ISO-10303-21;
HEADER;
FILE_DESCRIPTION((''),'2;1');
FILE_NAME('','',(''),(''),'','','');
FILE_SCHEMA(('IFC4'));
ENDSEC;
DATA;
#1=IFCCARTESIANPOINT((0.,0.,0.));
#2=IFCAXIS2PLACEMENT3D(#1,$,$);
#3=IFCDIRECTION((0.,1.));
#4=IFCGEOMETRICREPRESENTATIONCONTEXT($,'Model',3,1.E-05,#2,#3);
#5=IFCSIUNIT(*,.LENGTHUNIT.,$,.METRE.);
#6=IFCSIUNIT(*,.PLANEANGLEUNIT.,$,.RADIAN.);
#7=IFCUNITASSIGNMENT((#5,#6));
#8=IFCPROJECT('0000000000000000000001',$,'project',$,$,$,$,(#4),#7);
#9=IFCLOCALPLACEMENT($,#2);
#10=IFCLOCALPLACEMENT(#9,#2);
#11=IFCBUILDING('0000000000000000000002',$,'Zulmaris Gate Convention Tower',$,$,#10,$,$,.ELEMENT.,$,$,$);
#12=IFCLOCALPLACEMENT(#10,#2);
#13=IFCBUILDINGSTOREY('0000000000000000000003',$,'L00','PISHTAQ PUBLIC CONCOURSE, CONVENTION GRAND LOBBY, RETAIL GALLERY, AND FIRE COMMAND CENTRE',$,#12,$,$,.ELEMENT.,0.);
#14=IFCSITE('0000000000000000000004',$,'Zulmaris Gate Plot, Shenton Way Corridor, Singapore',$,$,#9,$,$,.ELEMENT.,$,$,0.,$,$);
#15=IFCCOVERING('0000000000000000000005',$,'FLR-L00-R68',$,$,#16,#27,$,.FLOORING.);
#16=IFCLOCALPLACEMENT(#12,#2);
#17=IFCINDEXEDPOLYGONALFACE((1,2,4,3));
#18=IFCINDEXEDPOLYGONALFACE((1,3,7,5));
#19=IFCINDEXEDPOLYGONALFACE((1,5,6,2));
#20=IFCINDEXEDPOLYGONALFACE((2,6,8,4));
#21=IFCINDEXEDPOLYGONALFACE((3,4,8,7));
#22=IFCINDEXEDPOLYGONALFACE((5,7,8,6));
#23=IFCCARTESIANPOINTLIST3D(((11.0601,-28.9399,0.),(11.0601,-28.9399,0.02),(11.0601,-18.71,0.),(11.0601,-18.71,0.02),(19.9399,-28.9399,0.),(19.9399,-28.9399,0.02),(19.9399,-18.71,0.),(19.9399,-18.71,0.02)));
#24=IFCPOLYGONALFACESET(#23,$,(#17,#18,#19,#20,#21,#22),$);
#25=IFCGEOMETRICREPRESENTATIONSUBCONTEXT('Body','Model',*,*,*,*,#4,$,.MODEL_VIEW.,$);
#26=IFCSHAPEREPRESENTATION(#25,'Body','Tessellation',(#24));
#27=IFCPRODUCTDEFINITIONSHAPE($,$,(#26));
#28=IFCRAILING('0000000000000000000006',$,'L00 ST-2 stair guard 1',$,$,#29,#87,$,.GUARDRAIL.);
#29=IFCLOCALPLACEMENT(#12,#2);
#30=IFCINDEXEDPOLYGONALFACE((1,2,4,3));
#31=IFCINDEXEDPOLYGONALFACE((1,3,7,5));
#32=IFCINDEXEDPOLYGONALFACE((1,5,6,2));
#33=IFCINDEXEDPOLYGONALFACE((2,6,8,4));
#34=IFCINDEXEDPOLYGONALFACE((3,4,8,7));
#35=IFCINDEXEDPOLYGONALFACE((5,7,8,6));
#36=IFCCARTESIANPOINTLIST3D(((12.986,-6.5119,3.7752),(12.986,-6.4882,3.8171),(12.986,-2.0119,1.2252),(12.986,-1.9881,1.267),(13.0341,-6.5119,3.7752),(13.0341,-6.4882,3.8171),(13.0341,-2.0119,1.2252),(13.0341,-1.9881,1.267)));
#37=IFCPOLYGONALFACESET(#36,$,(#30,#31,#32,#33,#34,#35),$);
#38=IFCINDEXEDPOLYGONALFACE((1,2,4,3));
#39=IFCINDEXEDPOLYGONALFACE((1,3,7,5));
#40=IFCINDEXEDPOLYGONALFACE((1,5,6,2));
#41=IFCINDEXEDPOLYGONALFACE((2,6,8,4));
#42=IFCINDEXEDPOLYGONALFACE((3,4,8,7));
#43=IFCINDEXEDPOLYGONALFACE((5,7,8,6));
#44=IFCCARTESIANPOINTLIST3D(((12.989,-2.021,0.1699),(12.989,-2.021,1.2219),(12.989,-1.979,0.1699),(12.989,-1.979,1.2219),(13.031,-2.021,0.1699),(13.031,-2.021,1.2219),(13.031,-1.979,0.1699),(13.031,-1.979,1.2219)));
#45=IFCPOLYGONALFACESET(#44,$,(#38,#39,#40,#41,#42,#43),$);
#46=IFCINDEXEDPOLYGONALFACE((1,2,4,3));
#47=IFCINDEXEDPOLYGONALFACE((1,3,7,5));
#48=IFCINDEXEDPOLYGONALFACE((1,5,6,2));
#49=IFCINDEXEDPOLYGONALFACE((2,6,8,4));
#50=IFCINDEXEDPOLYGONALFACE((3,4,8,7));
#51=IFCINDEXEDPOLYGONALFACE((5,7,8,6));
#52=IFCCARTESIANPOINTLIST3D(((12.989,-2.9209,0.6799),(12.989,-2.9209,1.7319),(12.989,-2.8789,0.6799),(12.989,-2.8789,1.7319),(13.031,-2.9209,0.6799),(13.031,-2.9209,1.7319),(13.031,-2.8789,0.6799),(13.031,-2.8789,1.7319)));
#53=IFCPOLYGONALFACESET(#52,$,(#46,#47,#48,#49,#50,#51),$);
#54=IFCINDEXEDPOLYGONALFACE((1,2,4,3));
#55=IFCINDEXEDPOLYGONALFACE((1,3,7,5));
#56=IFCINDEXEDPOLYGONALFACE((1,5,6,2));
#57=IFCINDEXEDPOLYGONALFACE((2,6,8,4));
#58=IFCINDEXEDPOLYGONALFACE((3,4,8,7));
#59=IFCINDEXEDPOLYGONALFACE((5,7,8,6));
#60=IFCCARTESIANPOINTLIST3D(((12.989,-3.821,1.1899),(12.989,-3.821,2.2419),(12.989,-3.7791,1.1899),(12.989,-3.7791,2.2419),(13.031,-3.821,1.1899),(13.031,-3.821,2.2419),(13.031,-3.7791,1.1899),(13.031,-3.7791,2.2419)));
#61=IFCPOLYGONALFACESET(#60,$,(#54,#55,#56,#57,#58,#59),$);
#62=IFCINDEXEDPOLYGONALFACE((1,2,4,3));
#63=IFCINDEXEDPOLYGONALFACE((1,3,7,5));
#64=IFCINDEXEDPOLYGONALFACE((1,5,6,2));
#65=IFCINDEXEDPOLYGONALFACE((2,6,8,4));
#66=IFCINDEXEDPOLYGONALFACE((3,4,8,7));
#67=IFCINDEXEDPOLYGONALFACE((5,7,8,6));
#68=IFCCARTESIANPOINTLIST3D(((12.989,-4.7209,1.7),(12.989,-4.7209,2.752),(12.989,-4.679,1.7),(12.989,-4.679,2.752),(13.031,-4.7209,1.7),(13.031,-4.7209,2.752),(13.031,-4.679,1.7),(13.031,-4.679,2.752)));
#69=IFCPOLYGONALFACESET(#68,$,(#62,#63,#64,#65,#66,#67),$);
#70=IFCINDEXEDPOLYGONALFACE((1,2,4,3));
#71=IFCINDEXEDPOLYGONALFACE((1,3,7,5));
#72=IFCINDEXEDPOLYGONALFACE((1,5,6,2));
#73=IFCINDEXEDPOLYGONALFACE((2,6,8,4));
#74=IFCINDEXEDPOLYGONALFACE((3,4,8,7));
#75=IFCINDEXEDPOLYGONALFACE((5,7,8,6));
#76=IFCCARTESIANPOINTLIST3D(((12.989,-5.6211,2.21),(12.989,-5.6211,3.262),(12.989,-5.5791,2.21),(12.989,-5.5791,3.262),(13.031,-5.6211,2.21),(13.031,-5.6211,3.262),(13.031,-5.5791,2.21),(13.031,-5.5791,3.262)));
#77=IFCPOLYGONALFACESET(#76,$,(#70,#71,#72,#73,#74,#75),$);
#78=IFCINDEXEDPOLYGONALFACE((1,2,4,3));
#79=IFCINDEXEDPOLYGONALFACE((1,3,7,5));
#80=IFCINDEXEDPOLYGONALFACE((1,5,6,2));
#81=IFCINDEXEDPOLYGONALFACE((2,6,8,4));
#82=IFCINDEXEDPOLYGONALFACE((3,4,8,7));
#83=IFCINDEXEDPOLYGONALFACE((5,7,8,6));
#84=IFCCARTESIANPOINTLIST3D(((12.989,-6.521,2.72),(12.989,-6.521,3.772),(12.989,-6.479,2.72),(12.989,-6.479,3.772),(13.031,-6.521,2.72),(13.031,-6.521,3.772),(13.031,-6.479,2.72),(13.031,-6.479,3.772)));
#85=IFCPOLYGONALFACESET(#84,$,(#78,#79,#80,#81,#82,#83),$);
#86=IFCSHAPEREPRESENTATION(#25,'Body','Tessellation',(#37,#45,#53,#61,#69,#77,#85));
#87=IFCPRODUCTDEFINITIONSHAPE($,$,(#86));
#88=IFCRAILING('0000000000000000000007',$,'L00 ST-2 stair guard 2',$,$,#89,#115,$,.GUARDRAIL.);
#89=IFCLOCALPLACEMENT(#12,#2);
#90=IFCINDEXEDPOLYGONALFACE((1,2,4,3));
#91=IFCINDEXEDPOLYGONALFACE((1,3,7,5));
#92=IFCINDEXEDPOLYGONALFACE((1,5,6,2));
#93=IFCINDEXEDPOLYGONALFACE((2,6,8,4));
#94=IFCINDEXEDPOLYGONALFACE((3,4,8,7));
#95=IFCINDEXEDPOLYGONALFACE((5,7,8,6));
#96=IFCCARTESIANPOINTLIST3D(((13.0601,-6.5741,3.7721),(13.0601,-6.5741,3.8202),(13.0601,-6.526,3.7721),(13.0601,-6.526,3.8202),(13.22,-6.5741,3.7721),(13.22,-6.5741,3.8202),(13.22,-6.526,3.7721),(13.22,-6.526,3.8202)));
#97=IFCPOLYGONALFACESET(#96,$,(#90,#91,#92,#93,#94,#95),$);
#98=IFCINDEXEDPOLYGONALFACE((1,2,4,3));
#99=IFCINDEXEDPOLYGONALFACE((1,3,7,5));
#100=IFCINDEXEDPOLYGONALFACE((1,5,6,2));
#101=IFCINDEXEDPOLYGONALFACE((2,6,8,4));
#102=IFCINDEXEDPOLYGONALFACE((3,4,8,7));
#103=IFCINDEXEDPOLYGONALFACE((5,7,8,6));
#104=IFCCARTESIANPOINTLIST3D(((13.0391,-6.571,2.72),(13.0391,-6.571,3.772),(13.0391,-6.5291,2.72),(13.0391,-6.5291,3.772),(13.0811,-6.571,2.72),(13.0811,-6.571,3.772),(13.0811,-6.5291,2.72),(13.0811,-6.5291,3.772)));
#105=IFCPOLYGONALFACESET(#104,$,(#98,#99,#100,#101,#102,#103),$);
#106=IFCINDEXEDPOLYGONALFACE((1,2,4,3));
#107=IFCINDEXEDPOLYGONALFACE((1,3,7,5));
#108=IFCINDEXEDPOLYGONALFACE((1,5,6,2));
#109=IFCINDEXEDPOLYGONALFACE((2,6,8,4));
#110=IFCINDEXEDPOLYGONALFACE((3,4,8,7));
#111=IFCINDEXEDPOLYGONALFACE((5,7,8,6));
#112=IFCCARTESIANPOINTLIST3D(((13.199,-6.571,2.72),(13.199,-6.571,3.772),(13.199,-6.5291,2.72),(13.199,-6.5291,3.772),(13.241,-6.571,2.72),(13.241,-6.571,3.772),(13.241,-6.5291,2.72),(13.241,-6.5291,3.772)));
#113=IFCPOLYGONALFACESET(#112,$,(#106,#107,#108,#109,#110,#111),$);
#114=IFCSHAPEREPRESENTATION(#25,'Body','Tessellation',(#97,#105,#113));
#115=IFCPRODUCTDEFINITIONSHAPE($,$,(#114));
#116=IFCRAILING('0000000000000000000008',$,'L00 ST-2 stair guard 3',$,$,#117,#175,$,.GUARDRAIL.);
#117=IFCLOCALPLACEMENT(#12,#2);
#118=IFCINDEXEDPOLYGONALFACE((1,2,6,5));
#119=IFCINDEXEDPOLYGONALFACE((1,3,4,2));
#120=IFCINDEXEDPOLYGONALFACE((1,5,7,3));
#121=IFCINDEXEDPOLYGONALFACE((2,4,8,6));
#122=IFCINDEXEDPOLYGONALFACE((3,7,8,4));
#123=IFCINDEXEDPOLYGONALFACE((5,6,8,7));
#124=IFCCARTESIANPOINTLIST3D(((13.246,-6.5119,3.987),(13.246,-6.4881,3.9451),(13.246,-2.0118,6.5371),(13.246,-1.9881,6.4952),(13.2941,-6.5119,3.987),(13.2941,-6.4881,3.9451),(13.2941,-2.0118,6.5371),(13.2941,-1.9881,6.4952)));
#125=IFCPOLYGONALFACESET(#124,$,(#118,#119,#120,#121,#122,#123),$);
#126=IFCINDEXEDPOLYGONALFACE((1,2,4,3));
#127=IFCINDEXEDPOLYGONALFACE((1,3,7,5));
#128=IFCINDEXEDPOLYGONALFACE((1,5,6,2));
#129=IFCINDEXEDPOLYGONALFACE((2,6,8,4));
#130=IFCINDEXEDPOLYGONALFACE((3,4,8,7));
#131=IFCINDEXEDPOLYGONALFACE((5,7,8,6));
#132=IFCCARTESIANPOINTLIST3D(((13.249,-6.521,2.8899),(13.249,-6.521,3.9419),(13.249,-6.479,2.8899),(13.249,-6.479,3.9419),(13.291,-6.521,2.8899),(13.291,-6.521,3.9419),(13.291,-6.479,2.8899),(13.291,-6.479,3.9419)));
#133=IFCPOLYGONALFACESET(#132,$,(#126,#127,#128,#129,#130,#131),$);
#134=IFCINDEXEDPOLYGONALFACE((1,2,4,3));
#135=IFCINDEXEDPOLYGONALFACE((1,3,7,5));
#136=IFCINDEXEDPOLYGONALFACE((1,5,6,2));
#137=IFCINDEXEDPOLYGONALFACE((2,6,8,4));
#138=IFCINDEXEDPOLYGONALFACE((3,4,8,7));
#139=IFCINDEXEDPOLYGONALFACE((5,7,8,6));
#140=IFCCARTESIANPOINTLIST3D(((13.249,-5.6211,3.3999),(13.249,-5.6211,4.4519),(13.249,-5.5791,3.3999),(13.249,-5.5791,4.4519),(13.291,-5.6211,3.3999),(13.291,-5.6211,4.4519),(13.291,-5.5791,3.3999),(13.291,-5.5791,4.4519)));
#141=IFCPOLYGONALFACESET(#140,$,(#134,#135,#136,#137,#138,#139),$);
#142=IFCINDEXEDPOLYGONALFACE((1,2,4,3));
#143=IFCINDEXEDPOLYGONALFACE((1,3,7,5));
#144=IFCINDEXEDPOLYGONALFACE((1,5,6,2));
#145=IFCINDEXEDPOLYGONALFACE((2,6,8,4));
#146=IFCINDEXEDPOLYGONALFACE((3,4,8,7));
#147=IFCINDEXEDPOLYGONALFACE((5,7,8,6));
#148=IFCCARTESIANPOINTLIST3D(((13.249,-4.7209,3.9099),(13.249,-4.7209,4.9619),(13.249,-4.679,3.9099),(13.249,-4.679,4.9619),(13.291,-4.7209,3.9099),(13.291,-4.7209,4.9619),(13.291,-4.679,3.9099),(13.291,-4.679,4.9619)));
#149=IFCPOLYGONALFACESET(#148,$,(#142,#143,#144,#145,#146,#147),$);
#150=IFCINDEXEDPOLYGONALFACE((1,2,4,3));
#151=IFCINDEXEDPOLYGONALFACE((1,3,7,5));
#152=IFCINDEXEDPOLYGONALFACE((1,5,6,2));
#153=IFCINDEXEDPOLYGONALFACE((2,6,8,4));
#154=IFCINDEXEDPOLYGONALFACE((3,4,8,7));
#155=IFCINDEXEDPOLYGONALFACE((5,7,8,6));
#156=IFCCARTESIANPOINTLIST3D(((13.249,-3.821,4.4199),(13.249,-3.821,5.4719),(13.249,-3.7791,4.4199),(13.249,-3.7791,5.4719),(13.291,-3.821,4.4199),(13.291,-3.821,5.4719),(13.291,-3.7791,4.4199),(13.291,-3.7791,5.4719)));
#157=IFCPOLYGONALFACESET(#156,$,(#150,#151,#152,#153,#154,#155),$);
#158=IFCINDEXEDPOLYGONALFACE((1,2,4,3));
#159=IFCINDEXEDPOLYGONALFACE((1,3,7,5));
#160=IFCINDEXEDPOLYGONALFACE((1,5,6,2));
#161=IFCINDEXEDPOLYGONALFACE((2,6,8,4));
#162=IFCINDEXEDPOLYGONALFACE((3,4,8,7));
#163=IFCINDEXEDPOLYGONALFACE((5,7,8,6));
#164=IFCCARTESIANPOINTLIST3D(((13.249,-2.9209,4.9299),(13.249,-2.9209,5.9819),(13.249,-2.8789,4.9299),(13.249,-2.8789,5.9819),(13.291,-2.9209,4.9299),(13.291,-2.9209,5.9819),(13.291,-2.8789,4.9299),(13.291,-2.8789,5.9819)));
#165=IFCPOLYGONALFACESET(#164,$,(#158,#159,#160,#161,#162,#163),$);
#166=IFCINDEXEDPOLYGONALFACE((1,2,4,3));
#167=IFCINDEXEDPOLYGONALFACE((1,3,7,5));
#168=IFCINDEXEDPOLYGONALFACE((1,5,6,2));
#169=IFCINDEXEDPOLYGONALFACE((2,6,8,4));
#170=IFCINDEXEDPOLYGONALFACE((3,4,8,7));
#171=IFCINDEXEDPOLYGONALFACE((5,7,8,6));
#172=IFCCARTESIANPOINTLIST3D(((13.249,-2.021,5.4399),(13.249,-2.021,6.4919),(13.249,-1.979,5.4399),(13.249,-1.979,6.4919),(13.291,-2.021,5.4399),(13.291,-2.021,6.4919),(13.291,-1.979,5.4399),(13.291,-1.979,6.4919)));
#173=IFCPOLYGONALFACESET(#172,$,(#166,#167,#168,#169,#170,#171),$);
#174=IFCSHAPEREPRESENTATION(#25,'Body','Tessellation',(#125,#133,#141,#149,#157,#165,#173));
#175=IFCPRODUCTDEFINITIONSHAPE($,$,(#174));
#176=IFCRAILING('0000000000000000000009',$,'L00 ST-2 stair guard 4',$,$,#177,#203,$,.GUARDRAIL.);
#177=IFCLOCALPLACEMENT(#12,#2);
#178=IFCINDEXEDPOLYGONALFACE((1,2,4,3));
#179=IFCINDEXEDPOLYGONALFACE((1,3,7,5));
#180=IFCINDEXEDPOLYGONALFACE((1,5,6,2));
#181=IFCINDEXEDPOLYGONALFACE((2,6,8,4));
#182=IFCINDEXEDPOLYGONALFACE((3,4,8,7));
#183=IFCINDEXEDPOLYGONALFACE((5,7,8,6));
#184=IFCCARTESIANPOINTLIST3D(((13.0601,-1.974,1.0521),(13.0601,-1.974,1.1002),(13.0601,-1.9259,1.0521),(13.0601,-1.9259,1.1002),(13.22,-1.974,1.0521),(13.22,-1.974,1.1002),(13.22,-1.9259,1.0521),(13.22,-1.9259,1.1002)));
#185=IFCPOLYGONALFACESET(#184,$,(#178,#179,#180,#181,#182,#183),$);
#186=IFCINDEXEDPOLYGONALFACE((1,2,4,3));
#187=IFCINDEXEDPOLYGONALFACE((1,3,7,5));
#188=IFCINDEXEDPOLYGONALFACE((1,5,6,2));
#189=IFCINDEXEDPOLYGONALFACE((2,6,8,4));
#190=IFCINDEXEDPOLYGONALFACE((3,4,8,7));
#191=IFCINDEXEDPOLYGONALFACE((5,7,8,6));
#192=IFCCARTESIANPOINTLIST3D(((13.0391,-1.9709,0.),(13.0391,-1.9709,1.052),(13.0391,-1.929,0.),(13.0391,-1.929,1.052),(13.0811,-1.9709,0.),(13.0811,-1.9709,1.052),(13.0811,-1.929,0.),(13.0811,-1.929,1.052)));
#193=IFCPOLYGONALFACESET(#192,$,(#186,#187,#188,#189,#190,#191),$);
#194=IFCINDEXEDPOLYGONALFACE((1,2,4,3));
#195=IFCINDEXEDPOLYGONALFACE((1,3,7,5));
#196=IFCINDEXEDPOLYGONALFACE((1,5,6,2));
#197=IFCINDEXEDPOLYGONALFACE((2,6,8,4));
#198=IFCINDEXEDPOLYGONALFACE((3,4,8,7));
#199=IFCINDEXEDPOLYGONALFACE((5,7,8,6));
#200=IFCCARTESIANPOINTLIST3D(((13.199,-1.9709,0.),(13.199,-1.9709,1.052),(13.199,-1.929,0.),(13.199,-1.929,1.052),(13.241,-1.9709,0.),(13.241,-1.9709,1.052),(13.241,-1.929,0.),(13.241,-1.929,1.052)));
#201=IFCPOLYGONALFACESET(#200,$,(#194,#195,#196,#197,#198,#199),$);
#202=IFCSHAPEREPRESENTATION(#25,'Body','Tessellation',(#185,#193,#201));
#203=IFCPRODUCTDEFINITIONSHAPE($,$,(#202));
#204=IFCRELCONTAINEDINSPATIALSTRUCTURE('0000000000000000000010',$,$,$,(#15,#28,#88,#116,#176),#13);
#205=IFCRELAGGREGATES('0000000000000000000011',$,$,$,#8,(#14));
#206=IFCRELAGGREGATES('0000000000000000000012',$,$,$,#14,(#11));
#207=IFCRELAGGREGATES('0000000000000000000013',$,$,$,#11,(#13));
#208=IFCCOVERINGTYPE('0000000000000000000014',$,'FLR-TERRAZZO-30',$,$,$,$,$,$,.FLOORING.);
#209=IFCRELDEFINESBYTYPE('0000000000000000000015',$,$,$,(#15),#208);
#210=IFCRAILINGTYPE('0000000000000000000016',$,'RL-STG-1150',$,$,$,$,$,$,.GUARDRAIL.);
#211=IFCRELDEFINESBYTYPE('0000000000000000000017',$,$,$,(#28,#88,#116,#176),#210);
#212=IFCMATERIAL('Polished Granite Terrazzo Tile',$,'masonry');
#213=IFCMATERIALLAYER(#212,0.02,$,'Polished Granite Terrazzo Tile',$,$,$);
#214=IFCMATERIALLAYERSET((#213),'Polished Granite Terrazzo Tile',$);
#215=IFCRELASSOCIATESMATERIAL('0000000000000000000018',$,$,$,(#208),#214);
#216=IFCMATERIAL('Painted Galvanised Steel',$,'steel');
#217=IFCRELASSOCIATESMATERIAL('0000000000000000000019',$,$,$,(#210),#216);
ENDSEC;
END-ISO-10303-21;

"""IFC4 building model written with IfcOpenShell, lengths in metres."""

from ifc_helpers import new_model, si_unit, direction, frame, origin, origin_2d, place, context, subcontext, project, spatial, polyline, rectangle, outline, extrude, material, layer, layer_set, type_object, element, save


model = new_model("IFC4")

# Units and contexts
model_context = context("Model", 3, precision=1e-05, world=origin(), true_north=direction((0.0, 1.0)))
body_context = subcontext(model_context, "Body", "Model", "MODEL_VIEW")
ifc_project = project(units=[si_unit("LENGTHUNIT", "METRE"), si_unit("PLANEANGLEUNIT", "RADIAN")], contexts=[model_context])

# Site, building, storey
site_placement = place(None, origin())
site = spatial("IfcSite", under=ifc_project, at=site_placement, Name="Zulmaris Gate Plot, Shenton Way Corridor, Singapore", CompositionType="ELEMENT", RefElevation=0.0)
building_placement = place(site_placement, origin())
building = spatial("IfcBuilding", under=site, at=building_placement, Name="Zulmaris Gate Convention Tower", CompositionType="ELEMENT")
storey_placement = place(building_placement, origin())
storey = spatial("IfcBuildingStorey", under=building, at=storey_placement, Name="L00", Description="PISHTAQ PUBLIC CONCOURSE, CONVENTION GRAND LOBBY, RETAIL GALLERY, AND FIRE COMMAND CENTRE", CompositionType="ELEMENT", Elevation=0.0)

# Covering
ifc_material_1 = material(Name="Polished Granite Terrazzo Tile", Category="masonry")
ifc_layer_1 = layer(ifc_material_1, 0.02, Name="Polished Granite Terrazzo Tile")
ifc_layer_set_1 = layer_set([ifc_layer_1], Name="Polished Granite Terrazzo Tile")
covering_type_1 = type_object("IfcCoveringType", Name="FLR-TERRAZZO-30", PredefinedType="FLOORING", material=ifc_layer_set_1)
covering_1_placement = place(storey_placement, origin())
element("IfcCovering", 1, at=covering_1_placement, inside=storey, type_object=covering_type_1, Name="FLR-L00-R68", PredefinedType="FLOORING", context=body_context, shape_type="SweptSolid", body=[
    extrude(outline(polyline([(11.0601, -28.9399), (19.9399, -28.9399), (19.9399, -18.71), (11.0601, -18.71), (11.0601, -28.9399)])), origin(), (0.0, 0.0, 1.0), 0.02),
])

# Railings
ifc_material_2 = material(Name="Painted Galvanised Steel", Category="steel")
railing_type_1 = type_object("IfcRailingType", Name="RL-STG-1150", PredefinedType="GUARDRAIL", material=ifc_material_2)
railing_1_placement = place(storey_placement, frame((13.01, -2.0, 0.1699)))
element("IfcRailing", 2, at=railing_1_placement, inside=storey, type_object=railing_type_1, Name="L00 ST-2 stair guard 1", PredefinedType="GUARDRAIL", context=body_context, shape_type="SweptSolid", body=[
    extrude(rectangle(XDim=0.0481, YDim=0.0481, at=origin_2d()), frame((0.0, 0.0, 1.0762), z_axis=(0.0, -0.870018, 0.49302), x_axis=(1.0, 0.0, 0.0)), (0.0, 0.0, 1.0), 5.1724),
    extrude(rectangle(XDim=0.042, YDim=0.042, at=origin_2d()), origin(), (0.0, 0.0, 1.0), 1.052),
    extrude(rectangle(XDim=0.042, YDim=0.042, at=origin_2d()), frame((0.0, -0.8999, 0.51)), (0.0, 0.0, 1.0), 1.052),
    extrude(rectangle(XDim=0.042, YDim=0.042, at=origin_2d()), frame((0.0, -1.8, 1.02)), (0.0, 0.0, 1.0), 1.052),
    extrude(rectangle(XDim=0.042, YDim=0.042, at=origin_2d()), frame((0.0, -2.7, 1.53)), (0.0, 0.0, 1.0), 1.052),
    extrude(rectangle(XDim=0.042, YDim=0.042, at=origin_2d()), frame((0.0, -3.6001, 2.04)), (0.0, 0.0, 1.0), 1.052),
    extrude(rectangle(XDim=0.042, YDim=0.042, at=origin_2d()), frame((0.0, -4.5, 2.55)), (0.0, 0.0, 1.0), 1.052),
])
railing_2_placement = place(storey_placement, frame((13.0601, -6.55, 2.72)))
element("IfcRailing", 3, at=railing_2_placement, inside=storey, type_object=railing_type_1, Name="L00 ST-2 stair guard 2", PredefinedType="GUARDRAIL", context=body_context, shape_type="SweptSolid", body=[
    extrude(rectangle(XDim=0.0481, YDim=0.0481, at=origin_2d()), frame((0.0, 0.0, 1.0762), z_axis=(1.0, 0.0, 0.0), x_axis=(0.0, 1.0, 0.0)), (0.0, 0.0, 1.0), 0.1599),
    extrude(rectangle(XDim=0.042, YDim=0.042, at=origin_2d()), origin(), (0.0, 0.0, 1.0), 1.052),
    extrude(rectangle(XDim=0.042, YDim=0.042, at=origin_2d()), frame((0.1599, 0.0, 0.0)), (0.0, 0.0, 1.0), 1.052),
])
railing_3_placement = place(storey_placement, frame((13.27, -6.5, 2.8899)))
element("IfcRailing", 4, at=railing_3_placement, inside=storey, type_object=railing_type_1, Name="L00 ST-2 stair guard 3", PredefinedType="GUARDRAIL", context=body_context, shape_type="SweptSolid", body=[
    extrude(rectangle(XDim=0.0481, YDim=0.0481, at=origin_2d()), frame((0.0, 0.0, 1.0762), z_axis=(0.0, 0.870018, 0.49302), x_axis=(-1.0, 0.0, 0.0)), (0.0, 0.0, 1.0), 5.1724),
    extrude(rectangle(XDim=0.042, YDim=0.042, at=origin_2d()), origin(), (0.0, 0.0, 1.0), 1.052),
    extrude(rectangle(XDim=0.042, YDim=0.042, at=origin_2d()), frame((0.0, 0.8999, 0.51)), (0.0, 0.0, 1.0), 1.052),
    extrude(rectangle(XDim=0.042, YDim=0.042, at=origin_2d()), frame((0.0, 1.8, 1.02)), (0.0, 0.0, 1.0), 1.052),
    extrude(rectangle(XDim=0.042, YDim=0.042, at=origin_2d()), frame((0.0, 2.7, 1.53)), (0.0, 0.0, 1.0), 1.052),
    extrude(rectangle(XDim=0.042, YDim=0.042, at=origin_2d()), frame((0.0, 3.6001, 2.04)), (0.0, 0.0, 1.0), 1.052),
    extrude(rectangle(XDim=0.042, YDim=0.042, at=origin_2d()), frame((0.0, 4.5, 2.55)), (0.0, 0.0, 1.0), 1.052),
])
railing_4_placement = place(storey_placement, frame((13.0601, -1.95, 0.0)))
element("IfcRailing", 5, at=railing_4_placement, inside=storey, type_object=railing_type_1, Name="L00 ST-2 stair guard 4", PredefinedType="GUARDRAIL", context=body_context, shape_type="SweptSolid", body=[
    extrude(rectangle(XDim=0.0481, YDim=0.0481, at=origin_2d()), frame((0.0, 0.0, 1.0762), z_axis=(1.0, 0.0, 0.0), x_axis=(0.0, 1.0, 0.0)), (0.0, 0.0, 1.0), 0.1599),
    extrude(rectangle(XDim=0.042, YDim=0.042, at=origin_2d()), origin(), (0.0, 0.0, 1.0), 1.052),
    extrude(rectangle(XDim=0.042, YDim=0.042, at=origin_2d()), frame((0.1599, 0.0, 0.0)), (0.0, 0.0, 1.0), 1.052),
])

save(model, "model.ifc")
